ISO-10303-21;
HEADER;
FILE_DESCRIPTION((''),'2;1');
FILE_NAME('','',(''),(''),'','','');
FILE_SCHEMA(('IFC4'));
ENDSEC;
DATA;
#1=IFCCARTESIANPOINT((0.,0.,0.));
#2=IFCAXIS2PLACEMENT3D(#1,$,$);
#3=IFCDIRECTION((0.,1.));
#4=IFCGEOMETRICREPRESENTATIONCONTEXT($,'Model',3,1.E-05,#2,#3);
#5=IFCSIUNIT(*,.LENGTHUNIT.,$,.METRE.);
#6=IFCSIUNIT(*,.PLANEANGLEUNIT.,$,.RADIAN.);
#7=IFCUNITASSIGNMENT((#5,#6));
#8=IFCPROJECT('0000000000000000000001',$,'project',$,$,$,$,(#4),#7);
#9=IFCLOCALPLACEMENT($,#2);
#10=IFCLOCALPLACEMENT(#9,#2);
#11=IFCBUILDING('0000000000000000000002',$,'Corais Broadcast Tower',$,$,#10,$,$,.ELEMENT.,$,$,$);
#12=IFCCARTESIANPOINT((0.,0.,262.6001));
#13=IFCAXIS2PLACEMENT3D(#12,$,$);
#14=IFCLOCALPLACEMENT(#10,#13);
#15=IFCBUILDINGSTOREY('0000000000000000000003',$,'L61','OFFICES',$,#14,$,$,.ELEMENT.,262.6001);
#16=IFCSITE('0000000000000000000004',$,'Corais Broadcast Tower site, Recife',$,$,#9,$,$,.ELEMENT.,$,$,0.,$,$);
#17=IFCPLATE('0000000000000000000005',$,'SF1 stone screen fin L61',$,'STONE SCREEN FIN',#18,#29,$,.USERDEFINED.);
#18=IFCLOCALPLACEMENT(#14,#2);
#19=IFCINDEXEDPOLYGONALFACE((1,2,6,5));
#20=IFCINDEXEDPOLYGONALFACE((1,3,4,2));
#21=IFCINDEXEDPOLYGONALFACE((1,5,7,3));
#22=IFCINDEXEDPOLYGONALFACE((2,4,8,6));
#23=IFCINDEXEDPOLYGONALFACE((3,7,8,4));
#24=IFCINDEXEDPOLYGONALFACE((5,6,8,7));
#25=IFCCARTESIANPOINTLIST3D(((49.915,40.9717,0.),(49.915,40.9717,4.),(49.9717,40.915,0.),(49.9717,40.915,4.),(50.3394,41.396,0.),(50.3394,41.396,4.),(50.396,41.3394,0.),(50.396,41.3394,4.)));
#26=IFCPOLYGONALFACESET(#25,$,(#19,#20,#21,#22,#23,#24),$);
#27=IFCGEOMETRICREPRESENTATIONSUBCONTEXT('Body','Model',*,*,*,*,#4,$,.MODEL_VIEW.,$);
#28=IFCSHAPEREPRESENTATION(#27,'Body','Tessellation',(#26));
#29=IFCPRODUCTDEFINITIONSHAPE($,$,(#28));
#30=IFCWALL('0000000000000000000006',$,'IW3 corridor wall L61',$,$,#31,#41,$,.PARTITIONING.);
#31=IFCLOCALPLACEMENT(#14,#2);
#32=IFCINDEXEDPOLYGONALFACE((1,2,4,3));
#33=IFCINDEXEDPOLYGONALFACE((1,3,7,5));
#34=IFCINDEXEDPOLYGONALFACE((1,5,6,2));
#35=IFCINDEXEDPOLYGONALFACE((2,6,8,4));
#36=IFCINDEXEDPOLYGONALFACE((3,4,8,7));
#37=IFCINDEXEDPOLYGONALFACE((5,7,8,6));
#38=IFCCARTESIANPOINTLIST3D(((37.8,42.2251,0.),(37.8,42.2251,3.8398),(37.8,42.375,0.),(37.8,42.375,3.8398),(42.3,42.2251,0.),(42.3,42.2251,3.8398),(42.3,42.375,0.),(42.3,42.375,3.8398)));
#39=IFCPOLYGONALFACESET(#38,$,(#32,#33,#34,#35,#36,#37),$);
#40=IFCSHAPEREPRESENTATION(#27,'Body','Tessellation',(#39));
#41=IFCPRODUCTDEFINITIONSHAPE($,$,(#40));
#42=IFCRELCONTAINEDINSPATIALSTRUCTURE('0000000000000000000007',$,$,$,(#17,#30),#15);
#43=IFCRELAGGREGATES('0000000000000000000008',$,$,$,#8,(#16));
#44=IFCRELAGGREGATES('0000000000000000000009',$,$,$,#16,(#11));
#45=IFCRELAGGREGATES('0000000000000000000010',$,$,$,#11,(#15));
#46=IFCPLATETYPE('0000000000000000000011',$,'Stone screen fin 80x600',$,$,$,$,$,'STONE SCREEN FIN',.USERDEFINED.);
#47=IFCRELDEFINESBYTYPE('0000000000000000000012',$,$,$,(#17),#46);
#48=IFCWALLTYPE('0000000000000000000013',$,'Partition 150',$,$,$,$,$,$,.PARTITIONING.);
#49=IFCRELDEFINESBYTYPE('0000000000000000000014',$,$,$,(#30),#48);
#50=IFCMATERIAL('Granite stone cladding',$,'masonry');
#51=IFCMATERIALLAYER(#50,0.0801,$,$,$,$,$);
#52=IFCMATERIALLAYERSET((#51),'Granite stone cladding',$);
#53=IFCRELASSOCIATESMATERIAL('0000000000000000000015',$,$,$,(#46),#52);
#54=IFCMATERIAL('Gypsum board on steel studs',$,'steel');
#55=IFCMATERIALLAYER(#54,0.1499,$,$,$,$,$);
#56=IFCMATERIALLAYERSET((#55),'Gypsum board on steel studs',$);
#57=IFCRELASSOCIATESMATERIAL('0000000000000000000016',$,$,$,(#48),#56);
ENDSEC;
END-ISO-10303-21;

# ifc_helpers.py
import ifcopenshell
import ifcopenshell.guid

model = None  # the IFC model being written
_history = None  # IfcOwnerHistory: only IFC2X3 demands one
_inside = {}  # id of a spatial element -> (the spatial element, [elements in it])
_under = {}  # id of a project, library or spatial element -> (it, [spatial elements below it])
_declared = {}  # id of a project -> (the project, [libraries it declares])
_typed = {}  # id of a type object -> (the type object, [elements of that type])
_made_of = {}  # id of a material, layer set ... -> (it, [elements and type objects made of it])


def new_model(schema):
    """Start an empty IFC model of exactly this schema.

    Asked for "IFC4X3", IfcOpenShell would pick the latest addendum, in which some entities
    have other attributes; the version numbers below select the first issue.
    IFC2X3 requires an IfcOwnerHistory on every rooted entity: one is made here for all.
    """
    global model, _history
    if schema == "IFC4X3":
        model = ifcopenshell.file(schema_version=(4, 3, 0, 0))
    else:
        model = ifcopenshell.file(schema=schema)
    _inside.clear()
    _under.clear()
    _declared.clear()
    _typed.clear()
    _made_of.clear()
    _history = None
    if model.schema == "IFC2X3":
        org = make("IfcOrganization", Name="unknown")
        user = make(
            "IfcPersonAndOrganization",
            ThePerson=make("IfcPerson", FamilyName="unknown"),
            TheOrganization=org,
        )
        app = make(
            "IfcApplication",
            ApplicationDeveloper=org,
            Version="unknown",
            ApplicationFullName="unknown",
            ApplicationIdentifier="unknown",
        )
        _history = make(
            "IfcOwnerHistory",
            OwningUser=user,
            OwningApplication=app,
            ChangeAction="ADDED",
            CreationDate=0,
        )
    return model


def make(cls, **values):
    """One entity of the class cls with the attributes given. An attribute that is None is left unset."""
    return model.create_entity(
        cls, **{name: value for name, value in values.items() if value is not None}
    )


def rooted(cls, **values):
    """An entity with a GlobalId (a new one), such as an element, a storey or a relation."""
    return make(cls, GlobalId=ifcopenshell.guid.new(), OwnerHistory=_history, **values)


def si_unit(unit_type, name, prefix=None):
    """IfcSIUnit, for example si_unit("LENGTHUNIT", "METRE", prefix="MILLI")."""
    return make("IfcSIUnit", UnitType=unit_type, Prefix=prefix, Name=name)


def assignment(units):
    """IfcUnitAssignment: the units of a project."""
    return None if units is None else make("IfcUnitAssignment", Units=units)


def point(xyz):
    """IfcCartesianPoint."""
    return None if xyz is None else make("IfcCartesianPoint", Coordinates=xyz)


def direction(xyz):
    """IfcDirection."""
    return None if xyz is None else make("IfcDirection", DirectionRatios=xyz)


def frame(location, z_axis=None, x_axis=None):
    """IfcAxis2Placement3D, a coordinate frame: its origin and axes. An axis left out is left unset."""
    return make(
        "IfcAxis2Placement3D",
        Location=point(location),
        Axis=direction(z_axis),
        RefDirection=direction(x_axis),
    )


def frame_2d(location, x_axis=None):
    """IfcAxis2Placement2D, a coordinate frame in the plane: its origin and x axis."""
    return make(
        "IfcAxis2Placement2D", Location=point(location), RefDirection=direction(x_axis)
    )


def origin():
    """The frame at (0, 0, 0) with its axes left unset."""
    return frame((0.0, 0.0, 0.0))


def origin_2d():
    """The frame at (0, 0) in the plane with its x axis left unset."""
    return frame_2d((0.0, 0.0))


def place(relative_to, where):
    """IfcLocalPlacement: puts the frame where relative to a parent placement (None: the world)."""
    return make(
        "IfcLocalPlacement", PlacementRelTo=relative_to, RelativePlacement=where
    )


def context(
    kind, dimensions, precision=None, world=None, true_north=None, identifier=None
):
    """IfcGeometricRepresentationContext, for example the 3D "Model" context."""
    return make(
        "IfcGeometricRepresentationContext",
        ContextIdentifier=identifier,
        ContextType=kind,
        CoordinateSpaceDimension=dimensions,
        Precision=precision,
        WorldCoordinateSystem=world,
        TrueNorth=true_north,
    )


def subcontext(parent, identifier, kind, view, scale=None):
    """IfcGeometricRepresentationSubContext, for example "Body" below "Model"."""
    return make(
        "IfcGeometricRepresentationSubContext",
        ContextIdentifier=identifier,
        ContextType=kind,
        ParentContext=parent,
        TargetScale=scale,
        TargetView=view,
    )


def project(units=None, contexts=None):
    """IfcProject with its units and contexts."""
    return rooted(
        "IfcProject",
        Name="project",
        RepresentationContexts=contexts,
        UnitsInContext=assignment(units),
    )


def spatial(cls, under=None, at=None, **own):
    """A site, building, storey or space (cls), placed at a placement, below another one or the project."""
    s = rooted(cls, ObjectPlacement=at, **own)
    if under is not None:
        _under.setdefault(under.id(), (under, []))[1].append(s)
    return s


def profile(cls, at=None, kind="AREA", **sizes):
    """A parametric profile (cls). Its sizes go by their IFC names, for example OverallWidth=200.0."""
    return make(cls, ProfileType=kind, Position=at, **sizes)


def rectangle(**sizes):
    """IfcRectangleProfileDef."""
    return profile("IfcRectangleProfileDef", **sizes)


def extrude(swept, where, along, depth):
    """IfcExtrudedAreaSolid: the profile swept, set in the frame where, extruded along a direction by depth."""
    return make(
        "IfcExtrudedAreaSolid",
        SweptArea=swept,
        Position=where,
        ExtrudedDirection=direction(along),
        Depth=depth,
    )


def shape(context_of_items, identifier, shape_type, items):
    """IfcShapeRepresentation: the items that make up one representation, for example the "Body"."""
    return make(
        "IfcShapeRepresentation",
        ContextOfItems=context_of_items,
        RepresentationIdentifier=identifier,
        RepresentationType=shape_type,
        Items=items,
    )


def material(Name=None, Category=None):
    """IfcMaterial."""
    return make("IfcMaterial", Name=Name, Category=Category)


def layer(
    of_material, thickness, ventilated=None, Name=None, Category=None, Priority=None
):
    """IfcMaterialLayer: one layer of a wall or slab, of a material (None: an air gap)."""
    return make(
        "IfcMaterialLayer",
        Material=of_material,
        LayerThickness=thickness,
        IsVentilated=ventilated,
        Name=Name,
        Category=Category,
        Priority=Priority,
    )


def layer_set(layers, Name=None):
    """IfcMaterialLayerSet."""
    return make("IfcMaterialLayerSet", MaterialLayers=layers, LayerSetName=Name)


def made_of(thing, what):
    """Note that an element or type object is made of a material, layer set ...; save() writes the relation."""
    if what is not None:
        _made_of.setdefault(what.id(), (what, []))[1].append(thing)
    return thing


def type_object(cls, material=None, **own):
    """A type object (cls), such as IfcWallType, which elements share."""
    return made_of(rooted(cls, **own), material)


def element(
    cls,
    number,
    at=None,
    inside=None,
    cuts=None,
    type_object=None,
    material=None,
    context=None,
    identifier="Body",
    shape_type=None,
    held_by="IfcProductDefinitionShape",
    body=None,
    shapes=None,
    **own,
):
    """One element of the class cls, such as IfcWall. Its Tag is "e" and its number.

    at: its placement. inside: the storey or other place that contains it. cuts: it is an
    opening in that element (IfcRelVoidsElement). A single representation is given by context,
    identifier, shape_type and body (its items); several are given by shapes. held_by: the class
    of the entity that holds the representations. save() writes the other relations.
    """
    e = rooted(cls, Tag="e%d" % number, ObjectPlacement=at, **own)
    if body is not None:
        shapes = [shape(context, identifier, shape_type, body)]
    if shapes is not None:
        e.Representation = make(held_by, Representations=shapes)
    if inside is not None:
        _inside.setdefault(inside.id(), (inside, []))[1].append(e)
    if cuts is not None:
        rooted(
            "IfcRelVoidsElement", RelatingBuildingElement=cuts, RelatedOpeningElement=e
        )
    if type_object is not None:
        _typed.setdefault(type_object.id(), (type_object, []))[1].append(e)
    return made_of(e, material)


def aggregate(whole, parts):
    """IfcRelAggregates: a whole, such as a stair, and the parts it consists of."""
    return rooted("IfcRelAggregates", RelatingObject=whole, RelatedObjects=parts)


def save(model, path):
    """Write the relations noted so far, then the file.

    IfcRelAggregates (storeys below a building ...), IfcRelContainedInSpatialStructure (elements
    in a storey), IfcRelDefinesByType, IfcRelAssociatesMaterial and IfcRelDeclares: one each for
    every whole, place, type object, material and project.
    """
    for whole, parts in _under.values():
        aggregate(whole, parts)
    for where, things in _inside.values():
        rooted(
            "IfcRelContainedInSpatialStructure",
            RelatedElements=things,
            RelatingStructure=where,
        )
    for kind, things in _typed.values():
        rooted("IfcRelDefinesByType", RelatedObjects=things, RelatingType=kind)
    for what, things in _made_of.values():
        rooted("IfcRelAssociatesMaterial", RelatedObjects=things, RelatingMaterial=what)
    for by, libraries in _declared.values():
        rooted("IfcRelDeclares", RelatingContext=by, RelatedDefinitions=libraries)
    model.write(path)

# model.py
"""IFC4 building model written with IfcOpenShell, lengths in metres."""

from ifc_helpers import new_model, si_unit, direction, frame, frame_2d, origin, origin_2d, place, context, subcontext, project, spatial, rectangle, extrude, material, layer, layer_set, type_object, element, save


model = new_model("IFC4")

# Units and contexts
model_context = context("Model", 3, precision=1e-05, world=origin(), true_north=direction((0.0, 1.0)))
body_context = subcontext(model_context, "Body", "Model", "MODEL_VIEW")
ifc_project = project(units=[si_unit("LENGTHUNIT", "METRE"), si_unit("PLANEANGLEUNIT", "RADIAN")], contexts=[model_context])

# Site, building, storey
site_placement = place(None, origin())
site = spatial("IfcSite", under=ifc_project, at=site_placement, Name="Corais Broadcast Tower site, Recife", CompositionType="ELEMENT", RefElevation=0.0)
building_placement = place(site_placement, origin())
building = spatial("IfcBuilding", under=site, at=building_placement, Name="Corais Broadcast Tower", CompositionType="ELEMENT")
storey_placement = place(building_placement, frame((0.0, 0.0, 262.6001)))
storey = spatial("IfcBuildingStorey", under=building, at=storey_placement, Name="L61", Description="OFFICES", CompositionType="ELEMENT", Elevation=262.6001)

# Plate
ifc_material_1 = material(Name="Granite stone cladding", Category="masonry")
ifc_layer_1 = layer(ifc_material_1, 0.0801)
ifc_layer_set_1 = layer_set([ifc_layer_1], Name="Granite stone cladding")
plate_type_1 = type_object("IfcPlateType", Name="Stone screen fin 80x600", ElementType="STONE SCREEN FIN", PredefinedType="USERDEFINED", material=ifc_layer_set_1)
for number, where, z_axis, x_axis, name in (
    (1, (50.1555, 41.1555, 0.0), (0.0, 0.0, 1.0), (0.707107, -0.707107, 0.0), "SF1 stone screen fin L61"),
):
    element("IfcPlate", number, at=place(storey_placement, frame(where, z_axis=z_axis, x_axis=x_axis)), inside=storey, type_object=plate_type_1, Name=name, ObjectType="STONE SCREEN FIN", PredefinedType="USERDEFINED", context=body_context, shape_type="SweptSolid", body=[
        extrude(rectangle(XDim=0.0801, YDim=0.6001, at=origin_2d()), origin(), (0.0, 0.0, 1.0), 4.0),
    ])

# Wall
ifc_material_2 = material(Name="Gypsum board on steel studs", Category="steel")
ifc_layer_2 = layer(ifc_material_2, 0.1499)
ifc_layer_set_2 = layer_set([ifc_layer_2], Name="Gypsum board on steel studs")
wall_type = type_object("IfcWallType", Name="Partition 150", PredefinedType="PARTITIONING", material=ifc_layer_set_2)
wall_placement = place(storey_placement, frame((42.3, 42.3, 0.0), z_axis=(0.0, 0.0, 1.0), x_axis=(-1.0, 0.0, 0.0)))
element("IfcWall", 2, at=wall_placement, inside=storey, type_object=wall_type, Name="IW3 corridor wall L61", PredefinedType="PARTITIONING", context=body_context, shape_type="SweptSolid", body=[
    extrude(rectangle(XDim=4.5, YDim=0.1499, at=frame_2d((2.25, 0.0))), origin(), (0.0, 0.0, 1.0), 3.8398),
])

save(model, "model.ifc")
